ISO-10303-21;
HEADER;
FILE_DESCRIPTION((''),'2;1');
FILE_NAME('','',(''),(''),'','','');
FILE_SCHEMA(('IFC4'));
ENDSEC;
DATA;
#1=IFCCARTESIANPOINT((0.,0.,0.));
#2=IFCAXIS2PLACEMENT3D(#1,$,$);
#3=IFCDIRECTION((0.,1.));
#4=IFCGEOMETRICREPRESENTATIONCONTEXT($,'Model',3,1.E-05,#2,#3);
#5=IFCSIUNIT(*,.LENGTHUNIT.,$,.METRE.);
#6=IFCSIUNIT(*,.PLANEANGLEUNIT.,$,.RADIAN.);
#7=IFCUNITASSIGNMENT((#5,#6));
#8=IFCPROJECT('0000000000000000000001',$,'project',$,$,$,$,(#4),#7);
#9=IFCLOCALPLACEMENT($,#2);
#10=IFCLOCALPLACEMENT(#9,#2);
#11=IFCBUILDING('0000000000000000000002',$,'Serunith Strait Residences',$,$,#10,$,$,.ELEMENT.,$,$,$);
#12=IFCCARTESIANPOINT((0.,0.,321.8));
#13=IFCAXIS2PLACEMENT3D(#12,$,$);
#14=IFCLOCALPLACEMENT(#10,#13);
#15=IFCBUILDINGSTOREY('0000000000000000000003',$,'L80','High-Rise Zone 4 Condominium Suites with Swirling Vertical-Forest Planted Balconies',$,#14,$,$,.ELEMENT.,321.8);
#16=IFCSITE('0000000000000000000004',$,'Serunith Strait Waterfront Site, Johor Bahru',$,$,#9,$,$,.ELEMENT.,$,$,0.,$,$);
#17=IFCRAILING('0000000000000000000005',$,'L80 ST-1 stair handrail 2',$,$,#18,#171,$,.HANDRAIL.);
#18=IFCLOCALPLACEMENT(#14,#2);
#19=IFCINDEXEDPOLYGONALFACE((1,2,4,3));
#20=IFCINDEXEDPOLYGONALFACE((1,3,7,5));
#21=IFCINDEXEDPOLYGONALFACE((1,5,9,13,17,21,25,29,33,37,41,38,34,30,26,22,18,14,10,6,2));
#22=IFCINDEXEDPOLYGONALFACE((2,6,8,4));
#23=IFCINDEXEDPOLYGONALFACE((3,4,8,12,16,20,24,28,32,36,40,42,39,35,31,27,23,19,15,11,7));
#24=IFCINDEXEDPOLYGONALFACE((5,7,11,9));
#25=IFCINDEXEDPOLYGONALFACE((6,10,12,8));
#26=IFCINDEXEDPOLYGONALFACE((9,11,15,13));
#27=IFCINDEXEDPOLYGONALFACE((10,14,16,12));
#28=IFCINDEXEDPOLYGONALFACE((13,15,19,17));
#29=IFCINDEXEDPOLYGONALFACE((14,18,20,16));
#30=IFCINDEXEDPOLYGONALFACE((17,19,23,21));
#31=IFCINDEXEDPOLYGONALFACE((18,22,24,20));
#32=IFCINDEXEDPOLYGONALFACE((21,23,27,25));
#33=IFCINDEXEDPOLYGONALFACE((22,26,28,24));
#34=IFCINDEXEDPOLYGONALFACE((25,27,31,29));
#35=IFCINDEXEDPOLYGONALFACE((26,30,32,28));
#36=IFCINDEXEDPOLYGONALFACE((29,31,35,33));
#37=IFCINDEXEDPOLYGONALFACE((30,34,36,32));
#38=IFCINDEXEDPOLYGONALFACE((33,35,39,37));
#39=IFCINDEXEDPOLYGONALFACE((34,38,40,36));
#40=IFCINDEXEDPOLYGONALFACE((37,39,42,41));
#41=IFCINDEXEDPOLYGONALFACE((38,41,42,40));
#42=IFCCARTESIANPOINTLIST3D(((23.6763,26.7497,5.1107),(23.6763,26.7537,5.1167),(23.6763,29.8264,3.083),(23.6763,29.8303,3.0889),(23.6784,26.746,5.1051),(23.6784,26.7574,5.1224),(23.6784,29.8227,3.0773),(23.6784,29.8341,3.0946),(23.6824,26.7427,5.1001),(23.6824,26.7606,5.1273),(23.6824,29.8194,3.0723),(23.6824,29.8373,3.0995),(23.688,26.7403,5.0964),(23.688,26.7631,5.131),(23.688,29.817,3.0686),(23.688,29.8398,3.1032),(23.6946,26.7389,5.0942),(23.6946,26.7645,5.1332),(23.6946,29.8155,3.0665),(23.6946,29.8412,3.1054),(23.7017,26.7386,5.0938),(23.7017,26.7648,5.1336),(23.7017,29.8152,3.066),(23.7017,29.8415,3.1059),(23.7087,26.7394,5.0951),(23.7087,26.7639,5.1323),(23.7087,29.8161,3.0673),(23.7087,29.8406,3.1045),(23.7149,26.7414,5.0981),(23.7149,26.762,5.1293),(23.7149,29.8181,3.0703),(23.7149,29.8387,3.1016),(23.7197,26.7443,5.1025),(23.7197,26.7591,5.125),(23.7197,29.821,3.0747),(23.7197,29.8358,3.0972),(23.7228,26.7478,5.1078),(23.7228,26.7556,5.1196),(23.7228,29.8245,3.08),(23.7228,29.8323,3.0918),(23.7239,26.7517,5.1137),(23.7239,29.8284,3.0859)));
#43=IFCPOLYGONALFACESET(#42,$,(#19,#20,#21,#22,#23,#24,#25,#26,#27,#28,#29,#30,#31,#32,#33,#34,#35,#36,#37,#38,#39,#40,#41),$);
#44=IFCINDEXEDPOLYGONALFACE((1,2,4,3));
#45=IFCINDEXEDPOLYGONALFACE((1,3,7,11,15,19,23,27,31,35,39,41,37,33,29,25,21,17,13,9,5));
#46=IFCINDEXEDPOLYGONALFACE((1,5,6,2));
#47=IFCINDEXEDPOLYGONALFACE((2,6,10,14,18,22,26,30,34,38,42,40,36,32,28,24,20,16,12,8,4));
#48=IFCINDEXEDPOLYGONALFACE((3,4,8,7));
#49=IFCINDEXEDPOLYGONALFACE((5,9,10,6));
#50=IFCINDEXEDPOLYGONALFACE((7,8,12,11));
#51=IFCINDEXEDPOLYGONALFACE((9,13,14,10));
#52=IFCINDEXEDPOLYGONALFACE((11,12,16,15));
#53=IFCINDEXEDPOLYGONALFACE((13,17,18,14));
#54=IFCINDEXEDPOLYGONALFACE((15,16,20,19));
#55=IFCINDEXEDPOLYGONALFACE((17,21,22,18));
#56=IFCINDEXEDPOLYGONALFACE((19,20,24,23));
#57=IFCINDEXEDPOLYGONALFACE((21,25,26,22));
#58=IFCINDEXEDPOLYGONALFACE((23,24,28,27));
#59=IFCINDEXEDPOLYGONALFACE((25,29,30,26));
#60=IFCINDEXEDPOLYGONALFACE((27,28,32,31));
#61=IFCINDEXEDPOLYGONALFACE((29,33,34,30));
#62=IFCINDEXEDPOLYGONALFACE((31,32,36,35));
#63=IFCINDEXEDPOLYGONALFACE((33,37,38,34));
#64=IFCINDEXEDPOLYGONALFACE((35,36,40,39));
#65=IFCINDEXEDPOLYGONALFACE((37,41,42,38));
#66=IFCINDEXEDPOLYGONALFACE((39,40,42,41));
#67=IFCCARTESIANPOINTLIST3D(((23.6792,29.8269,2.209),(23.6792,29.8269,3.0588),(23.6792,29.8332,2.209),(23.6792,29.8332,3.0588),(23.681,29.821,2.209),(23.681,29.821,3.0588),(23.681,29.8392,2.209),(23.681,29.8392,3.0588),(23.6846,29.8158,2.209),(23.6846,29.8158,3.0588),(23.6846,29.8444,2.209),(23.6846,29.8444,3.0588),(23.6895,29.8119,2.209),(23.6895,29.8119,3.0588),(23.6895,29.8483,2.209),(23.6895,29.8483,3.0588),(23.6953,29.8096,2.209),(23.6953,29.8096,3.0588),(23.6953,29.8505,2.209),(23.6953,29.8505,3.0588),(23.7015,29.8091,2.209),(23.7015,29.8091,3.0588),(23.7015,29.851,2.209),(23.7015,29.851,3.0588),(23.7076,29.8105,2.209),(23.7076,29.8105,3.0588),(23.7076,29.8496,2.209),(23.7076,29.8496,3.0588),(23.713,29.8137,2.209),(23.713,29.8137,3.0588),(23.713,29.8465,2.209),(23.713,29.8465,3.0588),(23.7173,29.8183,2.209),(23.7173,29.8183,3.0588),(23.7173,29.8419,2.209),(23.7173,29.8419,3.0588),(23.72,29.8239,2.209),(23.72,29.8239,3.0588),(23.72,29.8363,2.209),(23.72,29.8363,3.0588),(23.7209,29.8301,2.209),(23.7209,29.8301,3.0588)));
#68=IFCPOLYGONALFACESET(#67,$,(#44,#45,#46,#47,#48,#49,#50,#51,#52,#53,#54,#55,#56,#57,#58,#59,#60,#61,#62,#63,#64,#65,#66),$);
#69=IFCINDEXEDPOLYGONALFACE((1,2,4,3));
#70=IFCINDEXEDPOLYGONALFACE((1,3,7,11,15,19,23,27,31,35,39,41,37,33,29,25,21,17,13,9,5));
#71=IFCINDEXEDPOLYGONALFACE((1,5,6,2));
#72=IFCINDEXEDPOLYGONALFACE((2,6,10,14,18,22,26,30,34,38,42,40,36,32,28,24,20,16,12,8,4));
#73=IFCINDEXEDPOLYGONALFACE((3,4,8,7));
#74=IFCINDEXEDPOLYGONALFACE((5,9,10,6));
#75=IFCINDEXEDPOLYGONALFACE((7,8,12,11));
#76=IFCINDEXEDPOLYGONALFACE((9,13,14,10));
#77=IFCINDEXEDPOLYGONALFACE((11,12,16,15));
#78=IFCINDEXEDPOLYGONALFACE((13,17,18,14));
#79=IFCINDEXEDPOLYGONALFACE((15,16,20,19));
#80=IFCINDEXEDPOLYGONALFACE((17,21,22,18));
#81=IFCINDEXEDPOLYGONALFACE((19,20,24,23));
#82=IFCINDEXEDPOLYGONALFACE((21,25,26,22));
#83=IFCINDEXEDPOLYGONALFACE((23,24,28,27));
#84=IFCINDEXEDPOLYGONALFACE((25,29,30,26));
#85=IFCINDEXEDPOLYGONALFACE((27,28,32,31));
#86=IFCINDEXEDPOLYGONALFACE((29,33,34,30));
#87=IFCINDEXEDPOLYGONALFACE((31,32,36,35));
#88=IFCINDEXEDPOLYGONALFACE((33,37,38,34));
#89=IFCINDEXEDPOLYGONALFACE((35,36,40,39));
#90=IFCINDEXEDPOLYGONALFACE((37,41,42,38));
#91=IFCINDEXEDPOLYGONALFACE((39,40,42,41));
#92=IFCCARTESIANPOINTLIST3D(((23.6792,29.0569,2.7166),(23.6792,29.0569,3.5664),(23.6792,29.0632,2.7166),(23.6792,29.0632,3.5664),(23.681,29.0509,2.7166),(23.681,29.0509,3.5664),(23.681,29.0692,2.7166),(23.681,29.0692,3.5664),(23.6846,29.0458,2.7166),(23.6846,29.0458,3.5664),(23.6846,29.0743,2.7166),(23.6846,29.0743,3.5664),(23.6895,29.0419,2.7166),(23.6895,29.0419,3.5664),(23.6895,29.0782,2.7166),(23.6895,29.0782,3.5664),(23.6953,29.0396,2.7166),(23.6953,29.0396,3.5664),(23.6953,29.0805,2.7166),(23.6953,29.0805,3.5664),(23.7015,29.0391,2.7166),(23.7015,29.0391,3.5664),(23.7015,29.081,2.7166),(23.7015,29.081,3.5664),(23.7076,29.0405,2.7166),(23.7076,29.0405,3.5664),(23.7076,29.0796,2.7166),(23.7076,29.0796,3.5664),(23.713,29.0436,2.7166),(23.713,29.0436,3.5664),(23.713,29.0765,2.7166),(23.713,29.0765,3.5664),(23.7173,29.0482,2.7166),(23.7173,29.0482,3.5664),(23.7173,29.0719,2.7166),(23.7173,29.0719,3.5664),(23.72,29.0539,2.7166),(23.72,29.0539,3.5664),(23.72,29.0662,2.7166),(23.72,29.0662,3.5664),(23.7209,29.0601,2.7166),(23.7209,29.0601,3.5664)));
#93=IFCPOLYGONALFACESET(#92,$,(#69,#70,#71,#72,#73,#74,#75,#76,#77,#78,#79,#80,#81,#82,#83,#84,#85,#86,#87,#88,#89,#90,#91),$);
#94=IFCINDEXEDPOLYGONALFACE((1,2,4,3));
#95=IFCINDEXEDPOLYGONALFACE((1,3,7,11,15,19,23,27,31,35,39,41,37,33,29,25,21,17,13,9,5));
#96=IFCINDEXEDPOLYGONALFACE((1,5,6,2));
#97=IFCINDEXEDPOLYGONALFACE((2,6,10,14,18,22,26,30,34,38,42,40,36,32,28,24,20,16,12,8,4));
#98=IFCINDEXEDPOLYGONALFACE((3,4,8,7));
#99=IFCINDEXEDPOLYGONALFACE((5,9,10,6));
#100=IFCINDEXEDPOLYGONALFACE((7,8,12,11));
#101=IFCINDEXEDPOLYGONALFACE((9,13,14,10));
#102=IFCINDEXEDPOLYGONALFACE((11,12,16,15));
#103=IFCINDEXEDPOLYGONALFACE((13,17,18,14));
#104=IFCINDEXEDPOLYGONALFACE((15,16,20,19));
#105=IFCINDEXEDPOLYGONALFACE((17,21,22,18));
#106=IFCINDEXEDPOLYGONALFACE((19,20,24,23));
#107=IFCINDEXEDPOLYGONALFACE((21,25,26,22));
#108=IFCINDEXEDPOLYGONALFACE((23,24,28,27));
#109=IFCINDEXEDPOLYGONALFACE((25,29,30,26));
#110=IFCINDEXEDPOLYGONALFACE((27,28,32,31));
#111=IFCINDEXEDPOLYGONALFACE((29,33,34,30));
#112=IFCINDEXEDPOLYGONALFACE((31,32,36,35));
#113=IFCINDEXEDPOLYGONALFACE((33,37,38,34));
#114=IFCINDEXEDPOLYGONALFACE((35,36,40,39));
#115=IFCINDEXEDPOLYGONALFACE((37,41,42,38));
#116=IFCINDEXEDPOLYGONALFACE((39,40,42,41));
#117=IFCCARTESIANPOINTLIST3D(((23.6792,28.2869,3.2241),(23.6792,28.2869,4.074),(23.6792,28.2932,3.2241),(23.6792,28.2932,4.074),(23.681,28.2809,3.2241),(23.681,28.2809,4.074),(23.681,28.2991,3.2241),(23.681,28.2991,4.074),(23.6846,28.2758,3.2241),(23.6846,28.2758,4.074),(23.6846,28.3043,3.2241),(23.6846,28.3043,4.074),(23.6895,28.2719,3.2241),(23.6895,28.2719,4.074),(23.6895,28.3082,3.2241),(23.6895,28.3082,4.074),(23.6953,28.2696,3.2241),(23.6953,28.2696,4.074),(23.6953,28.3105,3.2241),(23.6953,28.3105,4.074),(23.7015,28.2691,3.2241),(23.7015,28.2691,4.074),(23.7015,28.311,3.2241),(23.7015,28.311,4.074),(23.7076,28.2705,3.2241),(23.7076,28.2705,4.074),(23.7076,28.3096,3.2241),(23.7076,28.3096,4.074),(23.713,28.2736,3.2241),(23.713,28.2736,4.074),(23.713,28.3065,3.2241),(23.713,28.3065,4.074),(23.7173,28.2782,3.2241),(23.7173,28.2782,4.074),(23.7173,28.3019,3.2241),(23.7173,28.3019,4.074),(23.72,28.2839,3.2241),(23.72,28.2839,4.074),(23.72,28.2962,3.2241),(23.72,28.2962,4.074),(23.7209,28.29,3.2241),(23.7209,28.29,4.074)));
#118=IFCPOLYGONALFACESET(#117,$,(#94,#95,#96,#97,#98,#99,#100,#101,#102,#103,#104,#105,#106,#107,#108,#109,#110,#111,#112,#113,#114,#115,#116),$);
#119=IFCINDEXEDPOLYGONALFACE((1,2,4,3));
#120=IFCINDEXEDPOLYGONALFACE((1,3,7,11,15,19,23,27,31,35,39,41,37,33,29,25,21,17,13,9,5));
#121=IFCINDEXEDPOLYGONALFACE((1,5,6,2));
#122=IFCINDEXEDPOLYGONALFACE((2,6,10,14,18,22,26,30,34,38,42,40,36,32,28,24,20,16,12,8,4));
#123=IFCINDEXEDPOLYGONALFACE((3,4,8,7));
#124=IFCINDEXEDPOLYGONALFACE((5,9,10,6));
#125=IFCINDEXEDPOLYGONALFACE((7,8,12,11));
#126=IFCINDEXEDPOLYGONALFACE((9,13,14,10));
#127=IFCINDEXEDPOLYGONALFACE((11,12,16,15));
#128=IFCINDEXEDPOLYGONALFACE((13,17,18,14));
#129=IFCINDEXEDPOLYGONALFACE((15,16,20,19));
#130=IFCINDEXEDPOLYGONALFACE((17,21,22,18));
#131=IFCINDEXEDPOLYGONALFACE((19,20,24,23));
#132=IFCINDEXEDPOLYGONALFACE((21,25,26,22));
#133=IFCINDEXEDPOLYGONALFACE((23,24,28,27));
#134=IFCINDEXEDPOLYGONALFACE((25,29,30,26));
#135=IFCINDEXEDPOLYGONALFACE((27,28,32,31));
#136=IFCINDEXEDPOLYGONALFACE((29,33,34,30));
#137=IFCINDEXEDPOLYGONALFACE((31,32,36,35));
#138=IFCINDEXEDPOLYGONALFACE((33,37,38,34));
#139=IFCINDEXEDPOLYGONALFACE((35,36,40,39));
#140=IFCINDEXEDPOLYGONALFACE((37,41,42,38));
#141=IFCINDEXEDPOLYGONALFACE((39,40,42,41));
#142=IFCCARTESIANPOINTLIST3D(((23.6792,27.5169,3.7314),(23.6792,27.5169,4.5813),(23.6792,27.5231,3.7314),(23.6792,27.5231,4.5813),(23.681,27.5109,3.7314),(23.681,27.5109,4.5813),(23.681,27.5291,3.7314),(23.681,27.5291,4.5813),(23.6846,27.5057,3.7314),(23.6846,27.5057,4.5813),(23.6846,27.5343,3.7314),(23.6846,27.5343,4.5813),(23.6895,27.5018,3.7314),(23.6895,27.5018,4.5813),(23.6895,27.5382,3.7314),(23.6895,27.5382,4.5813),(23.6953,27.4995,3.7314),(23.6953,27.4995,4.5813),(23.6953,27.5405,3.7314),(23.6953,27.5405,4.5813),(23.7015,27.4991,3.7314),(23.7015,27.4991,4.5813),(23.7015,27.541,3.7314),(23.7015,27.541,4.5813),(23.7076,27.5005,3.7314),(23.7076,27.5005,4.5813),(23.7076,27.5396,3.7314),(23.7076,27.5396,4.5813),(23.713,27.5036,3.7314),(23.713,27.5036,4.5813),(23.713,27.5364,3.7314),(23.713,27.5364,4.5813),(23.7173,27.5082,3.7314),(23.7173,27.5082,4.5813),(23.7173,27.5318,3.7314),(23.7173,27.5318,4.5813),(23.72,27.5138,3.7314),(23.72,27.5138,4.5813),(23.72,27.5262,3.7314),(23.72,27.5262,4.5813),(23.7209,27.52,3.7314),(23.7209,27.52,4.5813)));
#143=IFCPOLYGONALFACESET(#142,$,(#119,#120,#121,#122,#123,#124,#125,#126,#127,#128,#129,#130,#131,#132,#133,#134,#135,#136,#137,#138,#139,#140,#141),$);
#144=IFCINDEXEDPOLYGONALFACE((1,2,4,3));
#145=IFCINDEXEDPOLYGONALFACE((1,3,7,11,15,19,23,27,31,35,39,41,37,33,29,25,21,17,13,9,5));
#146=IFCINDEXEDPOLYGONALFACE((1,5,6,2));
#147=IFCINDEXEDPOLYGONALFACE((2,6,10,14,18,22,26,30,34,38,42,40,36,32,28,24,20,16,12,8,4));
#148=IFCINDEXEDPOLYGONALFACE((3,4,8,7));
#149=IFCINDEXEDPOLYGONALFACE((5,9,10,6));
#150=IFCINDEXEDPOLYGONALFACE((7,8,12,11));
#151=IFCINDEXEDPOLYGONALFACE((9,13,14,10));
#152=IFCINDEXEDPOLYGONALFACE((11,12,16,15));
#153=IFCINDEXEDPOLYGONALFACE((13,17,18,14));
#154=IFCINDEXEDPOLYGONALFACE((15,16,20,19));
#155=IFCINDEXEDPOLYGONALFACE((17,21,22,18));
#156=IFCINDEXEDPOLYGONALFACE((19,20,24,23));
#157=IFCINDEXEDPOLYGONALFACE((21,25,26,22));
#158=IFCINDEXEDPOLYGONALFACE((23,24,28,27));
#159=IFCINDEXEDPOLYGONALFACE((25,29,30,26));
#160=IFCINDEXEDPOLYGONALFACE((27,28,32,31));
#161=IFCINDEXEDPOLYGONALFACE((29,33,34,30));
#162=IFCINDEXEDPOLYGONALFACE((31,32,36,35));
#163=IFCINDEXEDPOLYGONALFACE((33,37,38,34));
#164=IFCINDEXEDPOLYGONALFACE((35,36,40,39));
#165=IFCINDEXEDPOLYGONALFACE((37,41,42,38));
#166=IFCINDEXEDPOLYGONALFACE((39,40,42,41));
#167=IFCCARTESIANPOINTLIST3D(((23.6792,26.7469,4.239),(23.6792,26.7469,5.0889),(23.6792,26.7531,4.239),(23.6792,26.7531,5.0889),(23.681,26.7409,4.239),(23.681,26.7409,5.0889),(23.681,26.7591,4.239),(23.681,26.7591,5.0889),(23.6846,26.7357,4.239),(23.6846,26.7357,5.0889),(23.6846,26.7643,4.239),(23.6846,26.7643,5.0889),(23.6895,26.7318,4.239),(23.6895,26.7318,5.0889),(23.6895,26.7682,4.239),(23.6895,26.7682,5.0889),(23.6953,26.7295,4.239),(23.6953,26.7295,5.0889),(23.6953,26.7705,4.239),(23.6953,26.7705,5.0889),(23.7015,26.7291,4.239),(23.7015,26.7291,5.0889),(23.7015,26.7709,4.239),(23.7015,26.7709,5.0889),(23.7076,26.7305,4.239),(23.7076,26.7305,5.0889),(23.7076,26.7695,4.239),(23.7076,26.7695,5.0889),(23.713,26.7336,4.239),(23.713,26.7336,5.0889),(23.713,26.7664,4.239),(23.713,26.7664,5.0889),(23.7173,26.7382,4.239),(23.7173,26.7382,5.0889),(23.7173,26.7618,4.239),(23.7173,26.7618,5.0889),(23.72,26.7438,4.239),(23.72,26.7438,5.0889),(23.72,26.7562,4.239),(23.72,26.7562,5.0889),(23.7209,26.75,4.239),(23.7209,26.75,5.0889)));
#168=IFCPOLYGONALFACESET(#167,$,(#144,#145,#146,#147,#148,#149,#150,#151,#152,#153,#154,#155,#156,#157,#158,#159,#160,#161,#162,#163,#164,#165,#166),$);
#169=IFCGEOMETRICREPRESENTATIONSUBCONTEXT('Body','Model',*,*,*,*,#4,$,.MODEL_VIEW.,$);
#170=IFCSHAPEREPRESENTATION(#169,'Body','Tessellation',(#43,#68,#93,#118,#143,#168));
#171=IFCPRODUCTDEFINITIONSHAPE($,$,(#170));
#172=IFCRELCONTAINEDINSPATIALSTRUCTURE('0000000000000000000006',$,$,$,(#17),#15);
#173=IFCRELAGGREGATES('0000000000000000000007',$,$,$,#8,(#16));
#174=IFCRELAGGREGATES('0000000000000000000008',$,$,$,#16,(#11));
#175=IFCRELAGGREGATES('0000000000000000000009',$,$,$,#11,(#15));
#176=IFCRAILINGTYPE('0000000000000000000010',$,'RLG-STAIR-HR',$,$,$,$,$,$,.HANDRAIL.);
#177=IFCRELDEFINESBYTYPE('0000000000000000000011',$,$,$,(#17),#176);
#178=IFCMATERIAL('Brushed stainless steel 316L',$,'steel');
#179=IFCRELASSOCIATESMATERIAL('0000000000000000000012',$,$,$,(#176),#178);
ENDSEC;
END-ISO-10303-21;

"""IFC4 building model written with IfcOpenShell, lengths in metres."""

from ifc_helpers import new_model, si_unit, direction, frame, origin, origin_2d, place, context, subcontext, project, spatial, circle, extrude, material, type_object, element, save


model = new_model("IFC4")

# Units and contexts
model_context = context("Model", 3, precision=1e-05, world=origin(), true_north=direction((0.0, 1.0)))
body_context = subcontext(model_context, "Body", "Model", "MODEL_VIEW")
ifc_project = project(units=[si_unit("LENGTHUNIT", "METRE"), si_unit("PLANEANGLEUNIT", "RADIAN")], contexts=[model_context])

# Site, building, storey
site_placement = place(None, origin())
site = spatial("IfcSite", under=ifc_project, at=site_placement, Name="Serunith Strait Waterfront Site, Johor Bahru", CompositionType="ELEMENT", RefElevation=0.0)
building_placement = place(site_placement, origin())
building = spatial("IfcBuilding", under=site, at=building_placement, Name="Serunith Strait Residences", CompositionType="ELEMENT")
storey_placement = place(building_placement, frame((0.0, 0.0, 321.8)))
storey = spatial("IfcBuildingStorey", under=building, at=storey_placement, Name="L80", Description="High-Rise Zone 4 Condominium Suites with Swirling Vertical-Forest Planted Balconies", CompositionType="ELEMENT", Elevation=321.8)

# Railing
ifc_material_1 = material(Name="Brushed stainless steel 316L", Category="steel")
railing_type_1 = type_object("IfcRailingType", Name="RLG-STAIR-HR", PredefinedType="HANDRAIL", material=ifc_material_1)
railing_1_placement = place(storey_placement, frame((23.7, 29.8301, 2.209)))
element("IfcRailing", 1, at=railing_1_placement, inside=storey, type_object=railing_type_1, Name="L80 ST-1 stair handrail 2", PredefinedType="HANDRAIL", context=body_context, shape_type="SweptSolid", body=[
    extrude(circle(Radius=0.0239, at=origin_2d()), frame((0.0, -0.0017, 0.877), z_axis=(0.0, -0.834961, 0.550309), x_axis=(1.0, 0.0, 0.0)), (0.0, 0.0, 1.0), 3.6848),
    extrude(circle(Radius=0.021, at=origin_2d()), origin(), (0.0, 0.0, 1.0), 0.8499),
    extrude(circle(Radius=0.021, at=origin_2d()), frame((0.0, -0.77, 0.5076)), (0.0, 0.0, 1.0), 0.8499),
    extrude(circle(Radius=0.021, at=origin_2d()), frame((0.0, -1.54, 1.0151)), (0.0, 0.0, 1.0), 0.8499),
    extrude(circle(Radius=0.021, at=origin_2d()), frame((0.0, -2.3101, 1.5225)), (0.0, 0.0, 1.0), 0.8499),
    extrude(circle(Radius=0.021, at=origin_2d()), frame((0.0, -3.0801, 2.03)), (0.0, 0.0, 1.0), 0.8499),
])

save(model, "model.ifc")
